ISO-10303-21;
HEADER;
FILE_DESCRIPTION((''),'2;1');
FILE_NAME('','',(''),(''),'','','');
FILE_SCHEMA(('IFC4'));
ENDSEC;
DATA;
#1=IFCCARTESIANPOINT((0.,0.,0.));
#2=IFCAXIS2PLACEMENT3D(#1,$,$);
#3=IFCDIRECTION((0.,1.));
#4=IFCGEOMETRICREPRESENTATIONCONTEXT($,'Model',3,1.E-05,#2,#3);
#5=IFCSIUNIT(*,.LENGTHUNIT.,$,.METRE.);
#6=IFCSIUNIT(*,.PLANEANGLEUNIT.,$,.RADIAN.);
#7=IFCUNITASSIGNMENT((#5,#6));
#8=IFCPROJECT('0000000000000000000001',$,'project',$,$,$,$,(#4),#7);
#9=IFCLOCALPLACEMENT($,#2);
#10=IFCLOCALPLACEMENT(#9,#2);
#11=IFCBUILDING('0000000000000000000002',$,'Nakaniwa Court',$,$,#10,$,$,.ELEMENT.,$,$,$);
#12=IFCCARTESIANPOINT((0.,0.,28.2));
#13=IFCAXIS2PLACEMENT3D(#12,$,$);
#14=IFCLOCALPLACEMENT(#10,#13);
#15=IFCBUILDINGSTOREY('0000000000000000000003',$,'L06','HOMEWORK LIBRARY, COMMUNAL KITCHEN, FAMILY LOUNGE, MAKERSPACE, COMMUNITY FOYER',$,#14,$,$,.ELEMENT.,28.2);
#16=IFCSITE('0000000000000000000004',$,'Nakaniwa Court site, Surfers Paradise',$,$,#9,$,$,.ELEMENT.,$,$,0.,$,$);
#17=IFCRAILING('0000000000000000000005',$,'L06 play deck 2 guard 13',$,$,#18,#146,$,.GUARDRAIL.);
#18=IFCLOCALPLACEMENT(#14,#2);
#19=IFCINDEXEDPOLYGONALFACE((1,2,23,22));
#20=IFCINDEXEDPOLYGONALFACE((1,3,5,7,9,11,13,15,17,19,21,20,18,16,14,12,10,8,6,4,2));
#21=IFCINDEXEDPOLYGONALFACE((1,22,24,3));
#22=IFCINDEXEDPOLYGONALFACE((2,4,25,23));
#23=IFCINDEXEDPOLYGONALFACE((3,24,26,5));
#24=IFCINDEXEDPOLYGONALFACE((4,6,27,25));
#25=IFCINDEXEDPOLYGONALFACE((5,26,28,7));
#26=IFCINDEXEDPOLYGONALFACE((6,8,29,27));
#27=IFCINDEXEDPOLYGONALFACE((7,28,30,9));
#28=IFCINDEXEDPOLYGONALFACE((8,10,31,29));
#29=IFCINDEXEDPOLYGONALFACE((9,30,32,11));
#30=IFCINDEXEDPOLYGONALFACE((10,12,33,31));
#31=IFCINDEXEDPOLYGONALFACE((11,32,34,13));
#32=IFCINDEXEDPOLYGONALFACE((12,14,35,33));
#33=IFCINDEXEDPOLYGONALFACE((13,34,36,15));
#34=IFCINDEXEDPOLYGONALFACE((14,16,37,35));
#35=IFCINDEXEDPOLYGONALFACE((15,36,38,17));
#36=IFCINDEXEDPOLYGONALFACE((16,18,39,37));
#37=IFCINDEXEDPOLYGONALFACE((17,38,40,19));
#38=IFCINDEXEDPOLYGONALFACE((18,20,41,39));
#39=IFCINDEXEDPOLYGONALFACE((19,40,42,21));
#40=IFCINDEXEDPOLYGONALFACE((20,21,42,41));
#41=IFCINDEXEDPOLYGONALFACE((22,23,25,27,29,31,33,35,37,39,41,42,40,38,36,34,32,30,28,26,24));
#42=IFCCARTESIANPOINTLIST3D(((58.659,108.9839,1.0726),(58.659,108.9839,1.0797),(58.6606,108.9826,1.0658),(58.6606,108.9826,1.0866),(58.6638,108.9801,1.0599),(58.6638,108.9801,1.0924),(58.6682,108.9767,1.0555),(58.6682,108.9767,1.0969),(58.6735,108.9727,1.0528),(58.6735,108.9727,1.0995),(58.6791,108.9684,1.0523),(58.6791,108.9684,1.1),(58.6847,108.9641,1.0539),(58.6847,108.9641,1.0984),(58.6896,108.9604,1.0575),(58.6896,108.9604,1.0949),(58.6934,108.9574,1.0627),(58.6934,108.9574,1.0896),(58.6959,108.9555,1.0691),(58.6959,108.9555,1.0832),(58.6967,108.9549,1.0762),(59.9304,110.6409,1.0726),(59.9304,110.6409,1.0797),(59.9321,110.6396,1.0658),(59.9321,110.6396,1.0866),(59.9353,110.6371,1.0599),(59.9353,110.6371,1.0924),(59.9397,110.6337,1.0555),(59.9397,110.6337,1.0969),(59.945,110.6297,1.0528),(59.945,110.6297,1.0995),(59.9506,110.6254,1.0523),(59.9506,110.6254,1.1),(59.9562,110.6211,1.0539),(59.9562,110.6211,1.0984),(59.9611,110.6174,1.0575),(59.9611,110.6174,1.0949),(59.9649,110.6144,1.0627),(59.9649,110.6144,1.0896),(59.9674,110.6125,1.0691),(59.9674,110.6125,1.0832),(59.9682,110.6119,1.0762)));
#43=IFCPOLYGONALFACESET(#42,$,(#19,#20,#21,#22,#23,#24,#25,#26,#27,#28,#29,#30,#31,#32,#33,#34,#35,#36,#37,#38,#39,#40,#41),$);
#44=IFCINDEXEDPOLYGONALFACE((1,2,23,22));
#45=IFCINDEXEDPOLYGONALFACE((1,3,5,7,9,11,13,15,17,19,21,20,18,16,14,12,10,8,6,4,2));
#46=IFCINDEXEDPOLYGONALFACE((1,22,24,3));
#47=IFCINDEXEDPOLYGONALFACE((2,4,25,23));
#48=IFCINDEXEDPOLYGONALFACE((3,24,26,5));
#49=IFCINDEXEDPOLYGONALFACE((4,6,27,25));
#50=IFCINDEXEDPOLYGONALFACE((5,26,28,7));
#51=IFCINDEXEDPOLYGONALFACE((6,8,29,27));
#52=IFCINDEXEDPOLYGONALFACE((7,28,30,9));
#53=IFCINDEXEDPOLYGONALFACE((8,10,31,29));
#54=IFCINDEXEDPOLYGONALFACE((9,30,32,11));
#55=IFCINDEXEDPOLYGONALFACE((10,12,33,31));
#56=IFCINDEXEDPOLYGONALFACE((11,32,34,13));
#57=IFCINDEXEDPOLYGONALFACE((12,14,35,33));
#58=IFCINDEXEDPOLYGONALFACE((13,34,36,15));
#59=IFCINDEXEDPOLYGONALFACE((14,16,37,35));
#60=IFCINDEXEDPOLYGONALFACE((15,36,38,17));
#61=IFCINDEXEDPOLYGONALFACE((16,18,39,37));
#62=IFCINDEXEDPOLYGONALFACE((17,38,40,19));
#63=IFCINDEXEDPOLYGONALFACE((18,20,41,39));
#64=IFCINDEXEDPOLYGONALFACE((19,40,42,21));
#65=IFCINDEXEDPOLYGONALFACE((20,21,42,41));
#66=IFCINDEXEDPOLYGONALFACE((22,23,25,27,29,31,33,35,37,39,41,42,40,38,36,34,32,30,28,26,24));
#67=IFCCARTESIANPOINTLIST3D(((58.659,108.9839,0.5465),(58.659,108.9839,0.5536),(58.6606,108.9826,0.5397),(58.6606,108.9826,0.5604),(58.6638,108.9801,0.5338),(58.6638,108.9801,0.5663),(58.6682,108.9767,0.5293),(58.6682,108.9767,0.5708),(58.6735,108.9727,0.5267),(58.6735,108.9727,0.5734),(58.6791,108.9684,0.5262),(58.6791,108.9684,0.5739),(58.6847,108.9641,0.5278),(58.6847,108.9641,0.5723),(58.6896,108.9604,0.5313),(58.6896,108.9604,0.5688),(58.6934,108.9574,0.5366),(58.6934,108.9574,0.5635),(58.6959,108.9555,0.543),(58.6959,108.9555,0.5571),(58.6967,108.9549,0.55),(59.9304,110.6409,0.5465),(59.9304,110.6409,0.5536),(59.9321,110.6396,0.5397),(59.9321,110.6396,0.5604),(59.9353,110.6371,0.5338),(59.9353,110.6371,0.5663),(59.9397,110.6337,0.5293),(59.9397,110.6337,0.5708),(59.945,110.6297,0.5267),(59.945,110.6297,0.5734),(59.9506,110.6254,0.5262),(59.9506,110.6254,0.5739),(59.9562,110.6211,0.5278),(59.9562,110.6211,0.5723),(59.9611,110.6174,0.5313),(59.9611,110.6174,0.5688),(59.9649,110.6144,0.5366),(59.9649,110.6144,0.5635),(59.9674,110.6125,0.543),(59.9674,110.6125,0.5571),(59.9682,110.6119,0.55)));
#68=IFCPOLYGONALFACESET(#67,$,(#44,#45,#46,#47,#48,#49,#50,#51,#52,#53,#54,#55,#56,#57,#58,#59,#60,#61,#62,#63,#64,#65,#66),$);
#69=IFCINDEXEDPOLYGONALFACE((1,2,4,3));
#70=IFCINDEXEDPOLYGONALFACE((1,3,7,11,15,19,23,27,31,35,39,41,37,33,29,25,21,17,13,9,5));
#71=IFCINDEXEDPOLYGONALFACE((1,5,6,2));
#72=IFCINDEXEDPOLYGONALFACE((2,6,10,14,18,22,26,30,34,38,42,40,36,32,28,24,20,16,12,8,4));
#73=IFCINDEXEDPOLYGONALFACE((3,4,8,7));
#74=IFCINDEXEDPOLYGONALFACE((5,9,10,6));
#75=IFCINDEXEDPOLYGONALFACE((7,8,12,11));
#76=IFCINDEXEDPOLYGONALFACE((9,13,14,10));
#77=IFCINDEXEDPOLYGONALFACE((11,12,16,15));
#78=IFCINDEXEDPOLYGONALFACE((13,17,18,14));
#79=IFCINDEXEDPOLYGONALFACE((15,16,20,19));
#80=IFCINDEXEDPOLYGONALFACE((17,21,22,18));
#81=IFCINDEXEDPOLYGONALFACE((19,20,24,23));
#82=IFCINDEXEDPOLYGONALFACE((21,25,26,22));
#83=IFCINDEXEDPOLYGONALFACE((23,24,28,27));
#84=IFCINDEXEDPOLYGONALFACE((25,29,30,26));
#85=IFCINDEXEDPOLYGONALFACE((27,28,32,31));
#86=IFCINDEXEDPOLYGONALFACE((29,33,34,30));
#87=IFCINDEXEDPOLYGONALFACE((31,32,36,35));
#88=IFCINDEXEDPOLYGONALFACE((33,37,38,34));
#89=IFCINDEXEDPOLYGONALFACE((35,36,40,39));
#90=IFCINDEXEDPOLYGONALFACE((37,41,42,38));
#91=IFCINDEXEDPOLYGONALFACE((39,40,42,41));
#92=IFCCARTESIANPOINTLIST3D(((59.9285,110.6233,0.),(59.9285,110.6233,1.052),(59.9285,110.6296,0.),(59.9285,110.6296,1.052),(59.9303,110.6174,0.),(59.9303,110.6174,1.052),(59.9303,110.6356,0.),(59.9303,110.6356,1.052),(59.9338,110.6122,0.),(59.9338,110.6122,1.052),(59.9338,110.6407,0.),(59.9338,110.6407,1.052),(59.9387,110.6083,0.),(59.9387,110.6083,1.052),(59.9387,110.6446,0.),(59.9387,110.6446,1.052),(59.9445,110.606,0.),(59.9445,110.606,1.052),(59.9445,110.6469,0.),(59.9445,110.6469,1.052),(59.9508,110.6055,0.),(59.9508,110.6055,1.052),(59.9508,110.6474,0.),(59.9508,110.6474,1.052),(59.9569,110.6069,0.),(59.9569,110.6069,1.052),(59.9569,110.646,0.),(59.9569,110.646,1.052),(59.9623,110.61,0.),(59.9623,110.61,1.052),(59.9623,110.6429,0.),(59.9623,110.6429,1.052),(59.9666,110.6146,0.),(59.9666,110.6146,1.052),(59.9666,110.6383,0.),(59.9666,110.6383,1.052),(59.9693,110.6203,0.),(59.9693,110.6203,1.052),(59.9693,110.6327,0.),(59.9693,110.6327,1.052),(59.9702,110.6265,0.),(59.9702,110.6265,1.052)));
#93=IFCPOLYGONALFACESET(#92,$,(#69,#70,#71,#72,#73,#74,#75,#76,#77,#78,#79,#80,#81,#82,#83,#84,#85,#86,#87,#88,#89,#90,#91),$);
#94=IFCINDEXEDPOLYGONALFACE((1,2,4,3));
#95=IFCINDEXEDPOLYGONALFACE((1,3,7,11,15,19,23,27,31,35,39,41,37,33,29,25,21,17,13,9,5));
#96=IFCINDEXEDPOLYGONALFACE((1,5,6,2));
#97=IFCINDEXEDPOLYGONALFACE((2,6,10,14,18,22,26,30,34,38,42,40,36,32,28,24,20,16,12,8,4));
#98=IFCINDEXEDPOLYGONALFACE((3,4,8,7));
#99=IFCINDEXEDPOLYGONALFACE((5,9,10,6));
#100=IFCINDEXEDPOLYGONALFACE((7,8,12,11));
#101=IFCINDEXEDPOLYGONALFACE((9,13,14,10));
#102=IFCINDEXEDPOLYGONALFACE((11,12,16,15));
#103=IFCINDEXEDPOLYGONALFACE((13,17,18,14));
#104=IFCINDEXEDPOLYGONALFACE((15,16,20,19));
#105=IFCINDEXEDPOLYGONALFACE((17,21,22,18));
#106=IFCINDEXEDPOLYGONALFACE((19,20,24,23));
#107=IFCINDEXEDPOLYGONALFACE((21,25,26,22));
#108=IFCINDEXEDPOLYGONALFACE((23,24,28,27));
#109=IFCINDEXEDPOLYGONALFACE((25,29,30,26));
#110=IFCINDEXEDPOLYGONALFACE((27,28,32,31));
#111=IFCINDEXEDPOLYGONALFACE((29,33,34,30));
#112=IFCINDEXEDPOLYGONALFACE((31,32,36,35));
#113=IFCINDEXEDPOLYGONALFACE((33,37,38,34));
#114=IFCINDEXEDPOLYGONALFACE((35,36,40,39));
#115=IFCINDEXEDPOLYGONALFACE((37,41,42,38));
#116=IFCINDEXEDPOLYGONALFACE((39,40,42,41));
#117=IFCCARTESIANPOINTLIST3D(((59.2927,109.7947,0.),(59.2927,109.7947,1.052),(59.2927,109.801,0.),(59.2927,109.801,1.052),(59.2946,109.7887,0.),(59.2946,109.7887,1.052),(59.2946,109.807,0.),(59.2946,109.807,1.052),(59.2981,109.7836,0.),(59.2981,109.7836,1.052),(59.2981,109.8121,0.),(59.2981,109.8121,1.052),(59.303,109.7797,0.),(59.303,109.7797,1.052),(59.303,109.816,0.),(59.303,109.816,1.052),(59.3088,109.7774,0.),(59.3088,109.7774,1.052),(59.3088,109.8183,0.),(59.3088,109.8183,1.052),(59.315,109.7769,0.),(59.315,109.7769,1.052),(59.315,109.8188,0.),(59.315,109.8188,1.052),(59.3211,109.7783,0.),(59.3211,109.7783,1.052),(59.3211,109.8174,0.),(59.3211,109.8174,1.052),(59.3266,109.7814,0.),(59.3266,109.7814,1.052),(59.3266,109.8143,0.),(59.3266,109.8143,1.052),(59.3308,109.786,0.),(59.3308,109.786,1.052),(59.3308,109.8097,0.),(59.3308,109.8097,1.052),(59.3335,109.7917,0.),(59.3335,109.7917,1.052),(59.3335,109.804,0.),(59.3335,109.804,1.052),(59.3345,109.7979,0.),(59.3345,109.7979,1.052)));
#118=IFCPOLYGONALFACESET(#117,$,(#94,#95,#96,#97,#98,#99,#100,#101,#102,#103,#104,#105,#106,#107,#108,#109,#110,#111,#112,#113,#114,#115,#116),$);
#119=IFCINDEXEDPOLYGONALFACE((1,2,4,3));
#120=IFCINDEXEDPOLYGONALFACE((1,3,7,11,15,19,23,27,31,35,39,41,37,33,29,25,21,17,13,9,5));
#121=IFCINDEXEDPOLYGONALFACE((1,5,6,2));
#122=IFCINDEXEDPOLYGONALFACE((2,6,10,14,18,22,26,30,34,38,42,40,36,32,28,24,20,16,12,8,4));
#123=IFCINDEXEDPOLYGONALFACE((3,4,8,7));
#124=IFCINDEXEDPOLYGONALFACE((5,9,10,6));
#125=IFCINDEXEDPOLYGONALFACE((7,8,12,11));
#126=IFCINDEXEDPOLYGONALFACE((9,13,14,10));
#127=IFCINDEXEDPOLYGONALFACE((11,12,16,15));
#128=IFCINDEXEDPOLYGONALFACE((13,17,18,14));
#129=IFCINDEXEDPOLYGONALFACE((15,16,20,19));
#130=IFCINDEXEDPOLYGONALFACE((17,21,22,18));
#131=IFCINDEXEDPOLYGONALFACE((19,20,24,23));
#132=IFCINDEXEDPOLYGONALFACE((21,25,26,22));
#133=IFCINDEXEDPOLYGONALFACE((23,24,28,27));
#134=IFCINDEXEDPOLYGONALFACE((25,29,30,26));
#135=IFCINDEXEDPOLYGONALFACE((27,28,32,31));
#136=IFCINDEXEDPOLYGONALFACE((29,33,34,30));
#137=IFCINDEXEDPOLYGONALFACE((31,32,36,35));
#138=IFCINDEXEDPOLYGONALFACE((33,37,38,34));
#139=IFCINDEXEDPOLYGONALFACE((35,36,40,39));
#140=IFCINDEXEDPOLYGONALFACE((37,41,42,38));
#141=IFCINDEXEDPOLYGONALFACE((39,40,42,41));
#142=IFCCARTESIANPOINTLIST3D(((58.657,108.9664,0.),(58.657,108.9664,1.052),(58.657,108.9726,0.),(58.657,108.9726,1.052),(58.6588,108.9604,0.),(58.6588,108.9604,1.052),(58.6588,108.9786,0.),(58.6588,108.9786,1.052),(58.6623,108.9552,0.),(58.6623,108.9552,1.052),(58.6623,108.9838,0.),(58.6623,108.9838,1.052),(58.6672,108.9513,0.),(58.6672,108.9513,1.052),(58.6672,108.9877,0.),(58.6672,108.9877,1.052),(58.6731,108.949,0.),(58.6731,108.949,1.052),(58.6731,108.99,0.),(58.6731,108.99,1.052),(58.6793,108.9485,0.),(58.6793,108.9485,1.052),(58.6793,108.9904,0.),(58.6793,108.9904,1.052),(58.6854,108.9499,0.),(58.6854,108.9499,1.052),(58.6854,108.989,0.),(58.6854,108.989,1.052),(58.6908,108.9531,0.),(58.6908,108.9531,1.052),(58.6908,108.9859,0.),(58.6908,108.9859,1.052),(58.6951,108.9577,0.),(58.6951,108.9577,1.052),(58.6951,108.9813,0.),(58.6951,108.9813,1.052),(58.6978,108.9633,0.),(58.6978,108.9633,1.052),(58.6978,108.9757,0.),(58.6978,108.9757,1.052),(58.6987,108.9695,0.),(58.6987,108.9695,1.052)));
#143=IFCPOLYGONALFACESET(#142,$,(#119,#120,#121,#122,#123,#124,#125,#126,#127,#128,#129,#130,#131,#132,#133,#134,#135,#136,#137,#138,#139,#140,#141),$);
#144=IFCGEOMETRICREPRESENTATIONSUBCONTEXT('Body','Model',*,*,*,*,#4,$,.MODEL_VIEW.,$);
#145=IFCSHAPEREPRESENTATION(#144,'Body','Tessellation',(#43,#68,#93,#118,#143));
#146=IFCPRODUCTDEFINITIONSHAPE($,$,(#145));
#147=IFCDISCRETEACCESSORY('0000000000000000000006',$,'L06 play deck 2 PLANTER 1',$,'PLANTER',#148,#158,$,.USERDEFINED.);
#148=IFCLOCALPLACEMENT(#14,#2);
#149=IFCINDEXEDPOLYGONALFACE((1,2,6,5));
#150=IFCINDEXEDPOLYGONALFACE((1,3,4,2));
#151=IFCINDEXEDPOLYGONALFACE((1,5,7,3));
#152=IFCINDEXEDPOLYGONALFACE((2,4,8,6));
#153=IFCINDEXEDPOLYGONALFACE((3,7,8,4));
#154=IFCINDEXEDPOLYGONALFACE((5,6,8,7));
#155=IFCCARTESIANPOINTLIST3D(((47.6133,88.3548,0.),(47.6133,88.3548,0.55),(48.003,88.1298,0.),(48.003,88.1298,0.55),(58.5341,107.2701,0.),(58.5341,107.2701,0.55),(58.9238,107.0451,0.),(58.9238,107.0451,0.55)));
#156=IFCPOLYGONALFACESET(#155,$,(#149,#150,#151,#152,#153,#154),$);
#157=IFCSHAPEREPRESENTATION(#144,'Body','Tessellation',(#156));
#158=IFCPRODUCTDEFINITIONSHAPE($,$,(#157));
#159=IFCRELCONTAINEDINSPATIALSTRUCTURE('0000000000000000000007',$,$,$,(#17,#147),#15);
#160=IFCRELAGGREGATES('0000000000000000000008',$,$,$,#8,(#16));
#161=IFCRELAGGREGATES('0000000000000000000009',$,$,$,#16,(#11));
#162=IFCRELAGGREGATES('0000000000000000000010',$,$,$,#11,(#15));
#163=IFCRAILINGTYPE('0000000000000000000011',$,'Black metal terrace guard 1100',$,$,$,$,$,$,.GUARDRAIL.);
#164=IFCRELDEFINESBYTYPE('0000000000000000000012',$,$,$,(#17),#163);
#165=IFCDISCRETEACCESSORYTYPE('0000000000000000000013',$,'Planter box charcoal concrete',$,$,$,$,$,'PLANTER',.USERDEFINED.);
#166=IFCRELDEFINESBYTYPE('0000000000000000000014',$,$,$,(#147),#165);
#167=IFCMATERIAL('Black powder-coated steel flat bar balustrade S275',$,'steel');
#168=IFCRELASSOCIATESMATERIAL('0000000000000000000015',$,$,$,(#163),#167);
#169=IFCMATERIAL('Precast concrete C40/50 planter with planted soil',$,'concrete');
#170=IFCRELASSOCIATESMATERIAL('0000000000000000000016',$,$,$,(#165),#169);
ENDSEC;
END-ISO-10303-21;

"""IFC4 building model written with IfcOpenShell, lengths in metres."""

from ifc_helpers import new_model, si_unit, direction, frame, origin, origin_2d, place, context, subcontext, project, spatial, rectangle, circle, extrude, material, type_object, element, save


model = new_model("IFC4")

# Units and contexts
model_context = context("Model", 3, precision=1e-05, world=origin(), true_north=direction((0.0, 1.0)))
body_context = subcontext(model_context, "Body", "Model", "MODEL_VIEW")
ifc_project = project(units=[si_unit("LENGTHUNIT", "METRE"), si_unit("PLANEANGLEUNIT", "RADIAN")], contexts=[model_context])

# Site, building, storey
site_placement = place(None, origin())
site = spatial("IfcSite", under=ifc_project, at=site_placement, Name="Nakaniwa Court site, Surfers Paradise", CompositionType="ELEMENT", RefElevation=0.0)
building_placement = place(site_placement, origin())
building = spatial("IfcBuilding", under=site, at=building_placement, Name="Nakaniwa Court", CompositionType="ELEMENT")
storey_placement = place(building_placement, frame((0.0, 0.0, 28.2)))
storey = spatial("IfcBuildingStorey", under=building, at=storey_placement, Name="L06", Description="HOMEWORK LIBRARY, COMMUNAL KITCHEN, FAMILY LOUNGE, MAKERSPACE, COMMUNITY FOYER", CompositionType="ELEMENT", Elevation=28.2)

# Railing
ifc_material_1 = material(Name="Black powder-coated steel flat bar balustrade S275", Category="steel")
railing_type = type_object("IfcRailingType", Name="Black metal terrace guard 1100", PredefinedType="GUARDRAIL", material=ifc_material_1)
railing_1_placement = place(storey_placement, frame((59.9492, 110.6265, 0.0)))
element("IfcRailing", 1, at=railing_1_placement, inside=storey, type_object=railing_type, Name="L06 play deck 2 guard 13", PredefinedType="GUARDRAIL", context=body_context, shape_type="SweptSolid", body=[
    extrude(circle(Radius=0.0239, at=origin_2d()), frame((0.0, 0.0, 1.0762), z_axis=(-0.608773, -0.793345, 0.0), x_axis=(0.793345, -0.608773, 0.0)), (0.0, 0.0, 1.0), 2.0886),
    extrude(circle(Radius=0.0239, at=origin_2d()), frame((0.0, 0.0, 0.55), z_axis=(-0.608773, -0.793345, 0.0), x_axis=(0.793345, -0.608773, 0.0)), (0.0, 0.0, 1.0), 2.0886),
    extrude(circle(Radius=0.021, at=origin_2d()), origin(), (0.0, 0.0, 1.0), 1.052),
    extrude(circle(Radius=0.021, at=origin_2d()), frame((-0.6357, -0.8286, 0.0)), (0.0, 0.0, 1.0), 1.052),
    extrude(circle(Radius=0.021, at=origin_2d()), frame((-1.2715, -1.657, 0.0)), (0.0, 0.0, 1.0), 1.052),
])

# Discrete accessory
ifc_material_2 = material(Name="Precast concrete C40/50 planter with planted soil", Category="concrete")
discrete_accessory_type = type_object("IfcDiscreteAccessoryType", Name="Planter box charcoal concrete", ElementType="PLANTER", PredefinedType="USERDEFINED", material=ifc_material_2)
discrete_accessory_placement = place(storey_placement, frame((53.2686, 97.7, 0.0), z_axis=(0.0, 0.0, 1.0), x_axis=(-0.499998, -0.866026, 0.0)))
element("IfcDiscreteAccessory", 2, at=discrete_accessory_placement, inside=storey, type_object=discrete_accessory_type, Name="L06 play deck 2 PLANTER 1", ObjectType="PLANTER", PredefinedType="USERDEFINED", context=body_context, shape_type="SweptSolid", body=[
    extrude(rectangle(XDim=21.8416, YDim=0.45, at=origin_2d()), origin(), (0.0, 0.0, 1.0), 0.55),
])

save(model, "model.ifc")
